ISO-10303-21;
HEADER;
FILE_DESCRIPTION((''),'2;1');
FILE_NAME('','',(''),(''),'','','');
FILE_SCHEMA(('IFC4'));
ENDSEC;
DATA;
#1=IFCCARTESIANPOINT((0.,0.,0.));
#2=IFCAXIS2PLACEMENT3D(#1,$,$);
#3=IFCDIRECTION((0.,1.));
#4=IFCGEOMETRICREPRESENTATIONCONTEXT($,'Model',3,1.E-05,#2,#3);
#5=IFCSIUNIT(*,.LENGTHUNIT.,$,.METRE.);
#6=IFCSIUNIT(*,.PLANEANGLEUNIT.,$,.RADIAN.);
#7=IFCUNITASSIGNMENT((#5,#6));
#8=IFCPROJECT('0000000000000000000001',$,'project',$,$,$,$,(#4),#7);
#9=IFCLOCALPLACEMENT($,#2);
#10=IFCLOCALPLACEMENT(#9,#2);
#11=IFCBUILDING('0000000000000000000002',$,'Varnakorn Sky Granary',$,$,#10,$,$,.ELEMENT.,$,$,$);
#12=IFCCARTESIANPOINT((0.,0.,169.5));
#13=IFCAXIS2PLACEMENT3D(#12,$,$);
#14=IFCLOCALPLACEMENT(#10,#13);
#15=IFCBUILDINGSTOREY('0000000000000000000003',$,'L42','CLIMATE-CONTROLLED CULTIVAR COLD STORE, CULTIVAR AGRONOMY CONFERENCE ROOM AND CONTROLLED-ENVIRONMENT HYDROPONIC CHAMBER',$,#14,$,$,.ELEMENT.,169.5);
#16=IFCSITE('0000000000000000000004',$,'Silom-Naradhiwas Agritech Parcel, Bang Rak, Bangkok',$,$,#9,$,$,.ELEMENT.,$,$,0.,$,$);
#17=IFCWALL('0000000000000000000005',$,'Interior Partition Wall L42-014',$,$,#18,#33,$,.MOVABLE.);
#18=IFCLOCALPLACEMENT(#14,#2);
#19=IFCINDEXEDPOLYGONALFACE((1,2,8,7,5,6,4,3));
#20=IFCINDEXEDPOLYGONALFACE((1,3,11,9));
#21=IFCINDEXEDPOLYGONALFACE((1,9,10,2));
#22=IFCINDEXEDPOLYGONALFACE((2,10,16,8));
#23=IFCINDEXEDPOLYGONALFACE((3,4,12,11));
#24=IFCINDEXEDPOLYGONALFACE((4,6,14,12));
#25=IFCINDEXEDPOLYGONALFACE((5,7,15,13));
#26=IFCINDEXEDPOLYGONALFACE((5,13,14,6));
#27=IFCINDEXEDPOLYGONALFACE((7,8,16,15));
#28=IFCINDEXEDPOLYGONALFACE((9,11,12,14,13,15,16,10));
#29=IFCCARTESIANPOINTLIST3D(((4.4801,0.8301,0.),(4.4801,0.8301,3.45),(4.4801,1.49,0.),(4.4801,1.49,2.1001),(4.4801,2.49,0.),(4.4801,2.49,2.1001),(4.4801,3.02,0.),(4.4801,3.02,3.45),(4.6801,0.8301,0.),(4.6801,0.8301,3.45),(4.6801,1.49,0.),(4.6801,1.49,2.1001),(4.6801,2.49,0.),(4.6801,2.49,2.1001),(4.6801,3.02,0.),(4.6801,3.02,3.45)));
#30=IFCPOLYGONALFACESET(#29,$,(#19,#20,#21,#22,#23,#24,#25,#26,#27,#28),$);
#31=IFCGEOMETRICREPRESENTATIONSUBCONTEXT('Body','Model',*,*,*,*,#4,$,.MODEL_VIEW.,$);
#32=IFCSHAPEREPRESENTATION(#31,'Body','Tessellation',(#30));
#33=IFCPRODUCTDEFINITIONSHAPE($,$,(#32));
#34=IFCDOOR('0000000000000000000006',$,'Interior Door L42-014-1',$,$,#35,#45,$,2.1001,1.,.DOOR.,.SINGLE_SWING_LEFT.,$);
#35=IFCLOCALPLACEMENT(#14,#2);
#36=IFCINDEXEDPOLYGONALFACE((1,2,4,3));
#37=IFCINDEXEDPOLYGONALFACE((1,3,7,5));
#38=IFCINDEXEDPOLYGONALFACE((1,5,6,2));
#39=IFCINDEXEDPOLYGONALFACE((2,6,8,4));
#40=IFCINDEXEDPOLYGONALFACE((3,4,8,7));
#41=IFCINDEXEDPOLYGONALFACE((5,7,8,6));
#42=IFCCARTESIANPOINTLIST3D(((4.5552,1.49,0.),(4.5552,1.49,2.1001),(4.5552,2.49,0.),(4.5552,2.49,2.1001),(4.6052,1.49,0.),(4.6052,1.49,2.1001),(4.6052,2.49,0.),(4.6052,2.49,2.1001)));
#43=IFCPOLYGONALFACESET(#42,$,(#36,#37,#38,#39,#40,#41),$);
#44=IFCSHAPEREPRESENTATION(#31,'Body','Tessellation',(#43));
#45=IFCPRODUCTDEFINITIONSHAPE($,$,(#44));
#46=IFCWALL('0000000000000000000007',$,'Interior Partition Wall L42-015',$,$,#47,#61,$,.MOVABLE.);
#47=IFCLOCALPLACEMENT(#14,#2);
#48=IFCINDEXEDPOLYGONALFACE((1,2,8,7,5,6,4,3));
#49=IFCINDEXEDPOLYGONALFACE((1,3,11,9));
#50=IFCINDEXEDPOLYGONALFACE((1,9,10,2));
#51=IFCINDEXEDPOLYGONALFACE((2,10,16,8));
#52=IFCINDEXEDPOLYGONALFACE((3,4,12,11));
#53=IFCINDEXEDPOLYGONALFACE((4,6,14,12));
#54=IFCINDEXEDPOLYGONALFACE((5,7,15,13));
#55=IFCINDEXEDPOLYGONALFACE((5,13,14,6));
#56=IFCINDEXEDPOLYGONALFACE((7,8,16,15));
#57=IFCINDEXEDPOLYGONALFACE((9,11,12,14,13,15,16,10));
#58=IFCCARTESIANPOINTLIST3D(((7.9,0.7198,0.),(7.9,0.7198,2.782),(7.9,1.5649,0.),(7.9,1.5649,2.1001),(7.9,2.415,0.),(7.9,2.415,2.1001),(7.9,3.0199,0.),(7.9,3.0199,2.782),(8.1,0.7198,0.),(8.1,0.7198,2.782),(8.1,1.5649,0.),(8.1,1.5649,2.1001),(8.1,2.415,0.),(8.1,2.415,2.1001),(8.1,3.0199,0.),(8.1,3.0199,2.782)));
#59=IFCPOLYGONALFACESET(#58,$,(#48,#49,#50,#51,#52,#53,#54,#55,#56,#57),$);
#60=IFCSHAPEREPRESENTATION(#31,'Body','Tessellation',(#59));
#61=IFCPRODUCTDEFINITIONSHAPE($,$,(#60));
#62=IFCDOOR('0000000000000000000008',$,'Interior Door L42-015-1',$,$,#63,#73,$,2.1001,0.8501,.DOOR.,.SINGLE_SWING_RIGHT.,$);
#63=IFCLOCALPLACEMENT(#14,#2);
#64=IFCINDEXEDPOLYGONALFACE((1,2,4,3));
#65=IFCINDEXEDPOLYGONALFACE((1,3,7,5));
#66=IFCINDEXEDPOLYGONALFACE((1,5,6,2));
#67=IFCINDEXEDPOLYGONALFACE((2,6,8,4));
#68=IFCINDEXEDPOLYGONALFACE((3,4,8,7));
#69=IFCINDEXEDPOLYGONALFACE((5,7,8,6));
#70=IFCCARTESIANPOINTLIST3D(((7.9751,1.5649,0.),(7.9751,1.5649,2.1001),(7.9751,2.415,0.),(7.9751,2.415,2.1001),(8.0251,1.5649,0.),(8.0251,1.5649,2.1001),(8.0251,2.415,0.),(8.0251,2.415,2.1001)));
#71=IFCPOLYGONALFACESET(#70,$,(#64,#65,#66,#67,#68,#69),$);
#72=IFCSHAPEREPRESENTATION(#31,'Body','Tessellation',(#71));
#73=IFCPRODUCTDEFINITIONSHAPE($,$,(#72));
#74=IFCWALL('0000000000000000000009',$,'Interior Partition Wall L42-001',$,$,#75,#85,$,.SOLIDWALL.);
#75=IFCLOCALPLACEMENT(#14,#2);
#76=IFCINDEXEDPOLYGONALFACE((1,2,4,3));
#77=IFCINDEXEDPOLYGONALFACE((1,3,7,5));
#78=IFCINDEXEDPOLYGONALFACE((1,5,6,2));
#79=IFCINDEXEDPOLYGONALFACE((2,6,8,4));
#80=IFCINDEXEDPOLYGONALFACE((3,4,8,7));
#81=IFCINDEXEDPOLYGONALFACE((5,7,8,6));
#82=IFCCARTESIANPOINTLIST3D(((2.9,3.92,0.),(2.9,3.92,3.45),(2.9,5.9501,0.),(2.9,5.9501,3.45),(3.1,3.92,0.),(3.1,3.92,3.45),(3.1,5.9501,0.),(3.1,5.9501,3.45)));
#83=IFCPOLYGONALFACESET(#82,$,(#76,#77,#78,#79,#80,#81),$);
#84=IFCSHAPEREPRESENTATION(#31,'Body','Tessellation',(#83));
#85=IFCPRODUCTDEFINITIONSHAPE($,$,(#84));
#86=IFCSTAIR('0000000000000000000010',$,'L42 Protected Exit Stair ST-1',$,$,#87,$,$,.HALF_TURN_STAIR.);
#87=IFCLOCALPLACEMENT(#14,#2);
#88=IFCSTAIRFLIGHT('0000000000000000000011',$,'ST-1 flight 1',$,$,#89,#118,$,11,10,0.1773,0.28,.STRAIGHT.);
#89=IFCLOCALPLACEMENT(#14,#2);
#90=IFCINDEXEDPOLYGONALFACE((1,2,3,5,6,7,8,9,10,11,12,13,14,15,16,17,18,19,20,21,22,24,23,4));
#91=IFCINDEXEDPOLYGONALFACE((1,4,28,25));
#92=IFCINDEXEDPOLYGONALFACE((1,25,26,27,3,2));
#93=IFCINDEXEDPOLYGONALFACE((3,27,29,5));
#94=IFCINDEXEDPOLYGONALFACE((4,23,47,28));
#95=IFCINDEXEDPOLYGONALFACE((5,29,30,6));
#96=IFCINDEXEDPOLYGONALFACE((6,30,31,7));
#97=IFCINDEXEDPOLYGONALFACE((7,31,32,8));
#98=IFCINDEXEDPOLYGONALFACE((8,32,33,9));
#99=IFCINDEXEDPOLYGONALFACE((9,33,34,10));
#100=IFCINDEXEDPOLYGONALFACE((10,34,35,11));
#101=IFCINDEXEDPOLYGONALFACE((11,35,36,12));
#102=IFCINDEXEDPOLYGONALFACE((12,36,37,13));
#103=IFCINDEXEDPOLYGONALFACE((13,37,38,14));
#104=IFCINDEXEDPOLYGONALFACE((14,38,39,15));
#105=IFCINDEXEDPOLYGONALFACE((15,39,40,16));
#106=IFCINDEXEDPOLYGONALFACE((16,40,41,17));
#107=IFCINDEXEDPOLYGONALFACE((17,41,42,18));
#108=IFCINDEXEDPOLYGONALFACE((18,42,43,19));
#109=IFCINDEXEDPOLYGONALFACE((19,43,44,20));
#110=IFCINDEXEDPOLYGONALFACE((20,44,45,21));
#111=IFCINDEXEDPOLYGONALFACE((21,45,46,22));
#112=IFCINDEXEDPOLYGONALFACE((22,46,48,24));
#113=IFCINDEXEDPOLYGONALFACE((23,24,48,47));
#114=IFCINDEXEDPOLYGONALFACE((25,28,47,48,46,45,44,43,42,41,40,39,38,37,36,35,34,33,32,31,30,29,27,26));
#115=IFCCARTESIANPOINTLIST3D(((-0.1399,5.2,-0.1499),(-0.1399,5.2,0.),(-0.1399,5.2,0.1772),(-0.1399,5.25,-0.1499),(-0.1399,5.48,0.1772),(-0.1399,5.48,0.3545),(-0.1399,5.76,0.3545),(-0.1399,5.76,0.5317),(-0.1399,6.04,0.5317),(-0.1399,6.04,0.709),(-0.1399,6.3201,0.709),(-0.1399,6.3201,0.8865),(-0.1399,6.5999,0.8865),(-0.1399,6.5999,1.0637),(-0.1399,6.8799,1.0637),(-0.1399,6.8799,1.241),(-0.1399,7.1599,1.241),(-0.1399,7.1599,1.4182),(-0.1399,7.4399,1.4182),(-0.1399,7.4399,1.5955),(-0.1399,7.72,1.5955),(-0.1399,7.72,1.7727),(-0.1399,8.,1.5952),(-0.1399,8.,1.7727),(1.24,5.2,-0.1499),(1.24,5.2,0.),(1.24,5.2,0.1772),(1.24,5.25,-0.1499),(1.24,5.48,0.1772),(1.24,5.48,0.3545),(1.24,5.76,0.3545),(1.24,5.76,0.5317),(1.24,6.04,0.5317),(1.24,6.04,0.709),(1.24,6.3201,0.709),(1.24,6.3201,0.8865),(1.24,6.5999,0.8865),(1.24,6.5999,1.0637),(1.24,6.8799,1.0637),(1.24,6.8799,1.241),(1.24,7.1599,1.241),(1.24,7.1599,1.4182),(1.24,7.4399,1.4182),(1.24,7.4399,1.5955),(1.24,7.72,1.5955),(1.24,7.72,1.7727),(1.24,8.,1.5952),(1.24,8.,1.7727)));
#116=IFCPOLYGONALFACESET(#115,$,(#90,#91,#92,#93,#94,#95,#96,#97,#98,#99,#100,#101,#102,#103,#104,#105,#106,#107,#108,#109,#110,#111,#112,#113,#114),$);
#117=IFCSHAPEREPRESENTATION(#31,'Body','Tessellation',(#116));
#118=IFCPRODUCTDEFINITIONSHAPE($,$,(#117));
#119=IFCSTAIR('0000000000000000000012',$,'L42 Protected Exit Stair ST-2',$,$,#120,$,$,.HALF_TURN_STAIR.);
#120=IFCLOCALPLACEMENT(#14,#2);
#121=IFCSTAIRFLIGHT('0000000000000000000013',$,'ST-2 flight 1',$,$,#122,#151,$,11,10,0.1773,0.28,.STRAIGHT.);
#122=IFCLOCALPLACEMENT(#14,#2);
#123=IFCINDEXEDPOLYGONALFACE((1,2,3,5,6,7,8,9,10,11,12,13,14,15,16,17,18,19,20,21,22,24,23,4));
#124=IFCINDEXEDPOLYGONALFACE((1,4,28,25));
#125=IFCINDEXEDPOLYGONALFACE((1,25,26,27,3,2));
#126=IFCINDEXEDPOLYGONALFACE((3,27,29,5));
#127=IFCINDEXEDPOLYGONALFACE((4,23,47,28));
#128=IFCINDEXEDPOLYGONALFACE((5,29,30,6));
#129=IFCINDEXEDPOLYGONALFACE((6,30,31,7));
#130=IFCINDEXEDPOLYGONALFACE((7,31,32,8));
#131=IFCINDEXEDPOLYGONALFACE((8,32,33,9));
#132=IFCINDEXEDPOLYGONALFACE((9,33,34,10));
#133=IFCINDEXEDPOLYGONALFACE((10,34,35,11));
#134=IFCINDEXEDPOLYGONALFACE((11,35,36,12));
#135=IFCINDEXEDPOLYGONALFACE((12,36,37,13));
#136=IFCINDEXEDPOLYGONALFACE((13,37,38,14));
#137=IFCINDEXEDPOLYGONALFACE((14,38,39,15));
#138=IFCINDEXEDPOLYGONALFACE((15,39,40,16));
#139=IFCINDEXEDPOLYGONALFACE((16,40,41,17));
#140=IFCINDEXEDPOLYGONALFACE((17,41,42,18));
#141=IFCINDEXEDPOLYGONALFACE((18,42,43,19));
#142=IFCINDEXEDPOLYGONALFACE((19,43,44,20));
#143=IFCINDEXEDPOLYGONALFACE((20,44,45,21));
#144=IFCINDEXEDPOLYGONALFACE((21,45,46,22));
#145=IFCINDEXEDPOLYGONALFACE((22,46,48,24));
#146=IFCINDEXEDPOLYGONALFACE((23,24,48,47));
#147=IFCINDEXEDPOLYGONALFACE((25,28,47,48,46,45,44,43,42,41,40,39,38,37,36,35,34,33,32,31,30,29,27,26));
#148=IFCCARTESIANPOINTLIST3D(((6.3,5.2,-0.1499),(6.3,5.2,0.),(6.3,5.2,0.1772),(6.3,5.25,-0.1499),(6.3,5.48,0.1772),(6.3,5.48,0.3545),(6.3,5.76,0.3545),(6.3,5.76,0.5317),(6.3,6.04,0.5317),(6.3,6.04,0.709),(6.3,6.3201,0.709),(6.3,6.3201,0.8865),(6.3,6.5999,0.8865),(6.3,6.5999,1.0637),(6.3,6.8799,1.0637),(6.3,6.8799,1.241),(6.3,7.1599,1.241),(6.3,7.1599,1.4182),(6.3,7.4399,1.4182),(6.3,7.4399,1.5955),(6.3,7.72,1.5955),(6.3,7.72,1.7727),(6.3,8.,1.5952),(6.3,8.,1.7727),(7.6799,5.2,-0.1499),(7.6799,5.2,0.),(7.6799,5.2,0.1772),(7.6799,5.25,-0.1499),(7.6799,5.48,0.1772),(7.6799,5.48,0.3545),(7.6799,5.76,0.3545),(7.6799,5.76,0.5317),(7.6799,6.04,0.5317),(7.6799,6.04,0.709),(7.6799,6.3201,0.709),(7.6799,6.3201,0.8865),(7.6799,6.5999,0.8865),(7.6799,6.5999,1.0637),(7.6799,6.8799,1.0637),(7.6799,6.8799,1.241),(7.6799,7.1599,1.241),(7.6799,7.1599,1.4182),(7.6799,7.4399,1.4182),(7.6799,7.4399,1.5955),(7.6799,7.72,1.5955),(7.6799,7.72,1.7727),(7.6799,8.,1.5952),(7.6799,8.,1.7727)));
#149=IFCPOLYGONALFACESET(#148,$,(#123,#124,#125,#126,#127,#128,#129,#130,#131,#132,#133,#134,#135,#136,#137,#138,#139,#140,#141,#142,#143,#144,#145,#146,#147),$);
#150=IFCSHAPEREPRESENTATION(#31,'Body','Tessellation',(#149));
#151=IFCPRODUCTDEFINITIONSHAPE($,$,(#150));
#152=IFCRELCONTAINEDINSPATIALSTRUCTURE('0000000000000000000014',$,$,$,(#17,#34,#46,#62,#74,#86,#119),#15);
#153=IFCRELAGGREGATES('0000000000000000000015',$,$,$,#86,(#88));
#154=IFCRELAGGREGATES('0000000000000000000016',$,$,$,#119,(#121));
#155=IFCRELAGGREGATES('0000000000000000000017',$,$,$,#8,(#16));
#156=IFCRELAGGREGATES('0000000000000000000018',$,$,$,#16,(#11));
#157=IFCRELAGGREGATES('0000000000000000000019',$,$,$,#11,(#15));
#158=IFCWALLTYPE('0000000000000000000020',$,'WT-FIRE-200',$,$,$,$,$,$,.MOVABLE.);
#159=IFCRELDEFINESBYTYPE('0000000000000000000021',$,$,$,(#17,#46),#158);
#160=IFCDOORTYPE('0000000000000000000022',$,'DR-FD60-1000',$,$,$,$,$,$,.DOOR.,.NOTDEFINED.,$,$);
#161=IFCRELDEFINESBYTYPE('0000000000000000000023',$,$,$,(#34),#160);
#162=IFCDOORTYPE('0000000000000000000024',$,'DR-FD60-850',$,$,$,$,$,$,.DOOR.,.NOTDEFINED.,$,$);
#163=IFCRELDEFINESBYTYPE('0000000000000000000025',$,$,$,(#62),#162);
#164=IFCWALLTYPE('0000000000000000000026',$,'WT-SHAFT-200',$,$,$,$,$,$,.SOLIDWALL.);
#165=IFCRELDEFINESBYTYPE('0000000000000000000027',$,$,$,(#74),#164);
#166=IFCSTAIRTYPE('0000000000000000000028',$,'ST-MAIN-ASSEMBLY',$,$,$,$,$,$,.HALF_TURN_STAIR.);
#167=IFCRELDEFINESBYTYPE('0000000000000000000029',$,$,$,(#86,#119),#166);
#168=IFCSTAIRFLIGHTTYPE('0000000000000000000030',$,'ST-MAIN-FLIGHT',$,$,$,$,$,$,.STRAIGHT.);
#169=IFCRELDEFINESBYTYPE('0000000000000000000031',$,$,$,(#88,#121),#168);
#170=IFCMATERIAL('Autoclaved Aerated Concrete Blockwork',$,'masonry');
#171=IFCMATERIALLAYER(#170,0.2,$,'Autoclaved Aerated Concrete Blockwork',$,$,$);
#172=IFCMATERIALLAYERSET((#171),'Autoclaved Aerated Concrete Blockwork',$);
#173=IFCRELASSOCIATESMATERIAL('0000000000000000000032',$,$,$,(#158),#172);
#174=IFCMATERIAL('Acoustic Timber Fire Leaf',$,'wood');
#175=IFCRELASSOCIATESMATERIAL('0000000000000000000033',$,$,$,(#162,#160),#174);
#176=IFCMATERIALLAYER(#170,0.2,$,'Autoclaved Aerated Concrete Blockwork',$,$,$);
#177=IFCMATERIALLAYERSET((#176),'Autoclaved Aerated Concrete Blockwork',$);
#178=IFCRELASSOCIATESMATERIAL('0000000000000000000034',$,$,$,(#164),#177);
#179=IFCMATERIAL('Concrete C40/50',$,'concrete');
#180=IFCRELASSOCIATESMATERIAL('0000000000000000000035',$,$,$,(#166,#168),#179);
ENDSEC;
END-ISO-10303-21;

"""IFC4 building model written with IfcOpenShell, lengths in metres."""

from ifc_helpers import new_model, si_unit, direction, frame, frame_2d, origin, place, context, subcontext, project, spatial, polyline, rectangle, outline, extrude, material, layer, layer_set, type_object, element, fill, aggregate, save


model = new_model("IFC4")

# Units and contexts
model_context = context("Model", 3, precision=1e-05, world=origin(), true_north=direction((0.0, 1.0)))
body_context = subcontext(model_context, "Body", "Model", "MODEL_VIEW")
ifc_project = project(units=[si_unit("LENGTHUNIT", "METRE"), si_unit("PLANEANGLEUNIT", "RADIAN")], contexts=[model_context])

# Site, building, storey
site_placement = place(None, origin())
site = spatial("IfcSite", under=ifc_project, at=site_placement, Name="Silom-Naradhiwas Agritech Parcel, Bang Rak, Bangkok", CompositionType="ELEMENT", RefElevation=0.0)
building_placement = place(site_placement, origin())
building = spatial("IfcBuilding", under=site, at=building_placement, Name="Varnakorn Sky Granary", CompositionType="ELEMENT")
storey_placement = place(building_placement, frame((0.0, 0.0, 169.5)))
storey = spatial("IfcBuildingStorey", under=building, at=storey_placement, Name="L42", Description="CLIMATE-CONTROLLED CULTIVAR COLD STORE, CULTIVAR AGRONOMY CONFERENCE ROOM AND CONTROLLED-ENVIRONMENT HYDROPONIC CHAMBER", CompositionType="ELEMENT", Elevation=169.5)

# Shared definitions
ifc_material_1 = material(Name="Autoclaved Aerated Concrete Blockwork", Category="masonry")
ifc_layer_1 = layer(ifc_material_1, 0.2, Name="Autoclaved Aerated Concrete Blockwork")
ifc_layer_set_1 = layer_set([ifc_layer_1], Name="Autoclaved Aerated Concrete Blockwork")
wall_type_1 = type_object("IfcWallType", Name="WT-FIRE-200", PredefinedType="MOVABLE", material=ifc_layer_set_1)
ifc_material_2 = material(Name="Acoustic Timber Fire Leaf", Category="wood")
door_type_1 = type_object("IfcDoorType", Name="DR-FD60-850", OperationType="NOTDEFINED", PredefinedType="DOOR", material=ifc_material_2)

# Walls, openings, doors
wall_1_placement = place(storey_placement, frame((4.5801, 0.8301, 0.0), z_axis=(0.0, 0.0, 1.0), x_axis=(0.0, 1.0, 0.0)))
wall_1 = element("IfcWall", 1, at=wall_1_placement, inside=storey, type_object=wall_type_1, Name="Interior Partition Wall L42-014", PredefinedType="MOVABLE", context=body_context, shape_type="SweptSolid", body=[
    extrude(rectangle(XDim=2.1899, YDim=0.2, at=frame_2d((1.095, 0.0))), origin(), (0.0, 0.0, 1.0), 3.45),
])
opening_1_placement = place(wall_1_placement, frame((0.6599, 0.0, 0.0)))
opening_1 = element("IfcOpeningElement", 2, at=opening_1_placement, cuts=wall_1, PredefinedType="OPENING", context=body_context, shape_type="SweptSolid", body=[
    extrude(rectangle(XDim=1.0, YDim=2.1001, at=frame_2d((0.5, 1.05))), frame((0.0, 0.1099, 0.0), z_axis=(0.0, -1.0, 0.0), x_axis=(1.0, 0.0, 0.0)), (0.0, 0.0, 1.0), 0.22),
])
door_type_2 = type_object("IfcDoorType", Name="DR-FD60-1000", OperationType="NOTDEFINED", PredefinedType="DOOR", material=ifc_material_2)
door_1_placement = place(opening_1_placement, origin())
door_1 = element("IfcDoor", 3, at=door_1_placement, inside=storey, type_object=door_type_2, Name="Interior Door L42-014-1", OperationType="SINGLE_SWING_LEFT", OverallHeight=2.1001, OverallWidth=1.0, PredefinedType="DOOR", context=body_context, shape_type="SweptSolid", body=[
    extrude(rectangle(XDim=1.0, YDim=2.1001, at=frame_2d((0.5, 1.05))), frame((0.0, 0.0249, 0.0), z_axis=(0.0, -1.0, 0.0), x_axis=(1.0, 0.0, 0.0)), (0.0, 0.0, 1.0), 0.05),
])
fill(opening_1, door_1)
wall_2_placement = place(storey_placement, frame((8.0, 0.72, 0.0), z_axis=(0.0, 0.0, 1.0), x_axis=(0.0, 1.0, 0.0)))
wall_2 = element("IfcWall", 4, at=wall_2_placement, inside=storey, type_object=wall_type_1, Name="Interior Partition Wall L42-015", PredefinedType="MOVABLE", context=body_context, shape_type="SweptSolid", body=[
    extrude(rectangle(XDim=2.3, YDim=0.2, at=frame_2d((1.1499, 0.0))), origin(), (0.0, 0.0, 1.0), 2.782),
])
opening_2_placement = place(wall_2_placement, frame((0.845, 0.0, 0.0)))
opening_2 = element("IfcOpeningElement", 5, at=opening_2_placement, cuts=wall_2, PredefinedType="OPENING", context=body_context, shape_type="SweptSolid", body=[
    extrude(rectangle(XDim=0.8501, YDim=2.1001, at=frame_2d((0.425, 1.05))), frame((0.0, 0.1099, 0.0), z_axis=(0.0, -1.0, 0.0), x_axis=(1.0, 0.0, 0.0)), (0.0, 0.0, 1.0), 0.22),
])
door_2_placement = place(opening_2_placement, origin())
door_2 = element("IfcDoor", 6, at=door_2_placement, inside=storey, type_object=door_type_1, Name="Interior Door L42-015-1", OperationType="SINGLE_SWING_RIGHT", OverallHeight=2.1001, OverallWidth=0.8501, PredefinedType="DOOR", context=body_context, shape_type="SweptSolid", body=[
    extrude(rectangle(XDim=0.8501, YDim=2.1001, at=frame_2d((0.425, 1.05))), frame((0.0, 0.0249, 0.0), z_axis=(0.0, -1.0, 0.0), x_axis=(1.0, 0.0, 0.0)), (0.0, 0.0, 1.0), 0.05),
])
fill(opening_2, door_2)

# Wall
ifc_layer_2 = layer(ifc_material_1, 0.2, Name="Autoclaved Aerated Concrete Blockwork")
ifc_layer_set_2 = layer_set([ifc_layer_2], Name="Autoclaved Aerated Concrete Blockwork")
wall_type_2 = type_object("IfcWallType", Name="WT-SHAFT-200", PredefinedType="SOLIDWALL", material=ifc_layer_set_2)
wall_3_placement = place(storey_placement, frame((3.0, 3.9199, 0.0), z_axis=(0.0, 0.0, 1.0), x_axis=(0.0, 1.0, 0.0)))
element("IfcWall", 7, at=wall_3_placement, inside=storey, type_object=wall_type_2, Name="Interior Partition Wall L42-001", PredefinedType="SOLIDWALL", context=body_context, shape_type="SweptSolid", body=[
    extrude(rectangle(XDim=2.03, YDim=0.2, at=frame_2d((1.0151, 0.0))), origin(), (0.0, 0.0, 1.0), 3.45),
])

# Stair, stair flight
ifc_material_3 = material(Name="Concrete C40/50", Category="concrete")
stair_type = type_object("IfcStairType", Name="ST-MAIN-ASSEMBLY", PredefinedType="HALF_TURN_STAIR", material=ifc_material_3)
stair_1_placement = place(storey_placement, origin())
stair_1 = element("IfcStair", 8, at=stair_1_placement, inside=storey, type_object=stair_type, Name="L42 Protected Exit Stair ST-1", PredefinedType="HALF_TURN_STAIR")
stair_flight_type = type_object("IfcStairFlightType", Name="ST-MAIN-FLIGHT", PredefinedType="STRAIGHT", material=ifc_material_3)
stair_flight_1_placement = place(storey_placement, frame((0.55, 5.2, 0.0), z_axis=(0.0, 0.0, 1.0), x_axis=(0.0, 1.0, 0.0)))
stair_flight_1 = element("IfcStairFlight", 9, at=stair_flight_1_placement, type_object=stair_flight_type, Name="ST-1 flight 1", NumberOfRisers=11, NumberOfTreads=10, PredefinedType="STRAIGHT", RiserHeight=0.1773, TreadLength=0.28, context=body_context, shape_type="SweptSolid", body=[
    extrude(outline(polyline([(0.0, -0.1499), (0.0, 0.0), (0.0, 0.1772), (0.28, 0.1772), (0.28, 0.3545), (0.5601, 0.3545), (0.5601, 0.5317), (0.8401, 0.5317), (0.8401, 0.709), (1.1201, 0.709), (1.1201, 0.8865), (1.3999, 0.8865), (1.3999, 1.0637), (1.6799, 1.0637), (1.6799, 1.241), (1.96, 1.241), (1.96, 1.4182), (2.24, 1.4182), (2.24, 1.5955), (2.52, 1.5955), (2.52, 1.7727), (2.8, 1.7727), (2.8, 1.95), (2.8, 1.5952), (0.05, -0.1499), (0.0, -0.1499)])), frame((0.0, 0.6899, 0.0), z_axis=(0.0, -1.0, 0.0), x_axis=(1.0, 0.0, 0.0)), (0.0, 0.0, 1.0), 1.3799),
])
aggregate(stair_1, [stair_flight_1])

# Stair, stair flight
stair_2_placement = place(storey_placement, origin())
stair_2 = element("IfcStair", 10, at=stair_2_placement, inside=storey, type_object=stair_type, Name="L42 Protected Exit Stair ST-2", PredefinedType="HALF_TURN_STAIR")
stair_flight_2_placement = place(storey_placement, frame((6.99, 5.2, 0.0), z_axis=(0.0, 0.0, 1.0), x_axis=(0.0, 1.0, 0.0)))
stair_flight_2 = element("IfcStairFlight", 11, at=stair_flight_2_placement, type_object=stair_flight_type, Name="ST-2 flight 1", NumberOfRisers=11, NumberOfTreads=10, PredefinedType="STRAIGHT", RiserHeight=0.1773, TreadLength=0.28, context=body_context, shape_type="SweptSolid", body=[
    extrude(outline(polyline([(0.0, -0.1499), (0.0, 0.0), (0.0, 0.1772), (0.28, 0.1772), (0.28, 0.3545), (0.5601, 0.3545), (0.5601, 0.5317), (0.8401, 0.5317), (0.8401, 0.709), (1.1201, 0.709), (1.1201, 0.8865), (1.3999, 0.8865), (1.3999, 1.0637), (1.6799, 1.0637), (1.6799, 1.241), (1.96, 1.241), (1.96, 1.4182), (2.24, 1.4182), (2.24, 1.5955), (2.52, 1.5955), (2.52, 1.7727), (2.8, 1.7727), (2.8, 1.95), (2.8, 1.5952), (0.05, -0.1499), (0.0, -0.1499)])), frame((0.0, 0.6899, 0.0), z_axis=(0.0, -1.0, 0.0), x_axis=(1.0, 0.0, 0.0)), (0.0, 0.0, 1.0), 1.3799),
])
aggregate(stair_2, [stair_flight_2])

save(model, "model.ifc")
